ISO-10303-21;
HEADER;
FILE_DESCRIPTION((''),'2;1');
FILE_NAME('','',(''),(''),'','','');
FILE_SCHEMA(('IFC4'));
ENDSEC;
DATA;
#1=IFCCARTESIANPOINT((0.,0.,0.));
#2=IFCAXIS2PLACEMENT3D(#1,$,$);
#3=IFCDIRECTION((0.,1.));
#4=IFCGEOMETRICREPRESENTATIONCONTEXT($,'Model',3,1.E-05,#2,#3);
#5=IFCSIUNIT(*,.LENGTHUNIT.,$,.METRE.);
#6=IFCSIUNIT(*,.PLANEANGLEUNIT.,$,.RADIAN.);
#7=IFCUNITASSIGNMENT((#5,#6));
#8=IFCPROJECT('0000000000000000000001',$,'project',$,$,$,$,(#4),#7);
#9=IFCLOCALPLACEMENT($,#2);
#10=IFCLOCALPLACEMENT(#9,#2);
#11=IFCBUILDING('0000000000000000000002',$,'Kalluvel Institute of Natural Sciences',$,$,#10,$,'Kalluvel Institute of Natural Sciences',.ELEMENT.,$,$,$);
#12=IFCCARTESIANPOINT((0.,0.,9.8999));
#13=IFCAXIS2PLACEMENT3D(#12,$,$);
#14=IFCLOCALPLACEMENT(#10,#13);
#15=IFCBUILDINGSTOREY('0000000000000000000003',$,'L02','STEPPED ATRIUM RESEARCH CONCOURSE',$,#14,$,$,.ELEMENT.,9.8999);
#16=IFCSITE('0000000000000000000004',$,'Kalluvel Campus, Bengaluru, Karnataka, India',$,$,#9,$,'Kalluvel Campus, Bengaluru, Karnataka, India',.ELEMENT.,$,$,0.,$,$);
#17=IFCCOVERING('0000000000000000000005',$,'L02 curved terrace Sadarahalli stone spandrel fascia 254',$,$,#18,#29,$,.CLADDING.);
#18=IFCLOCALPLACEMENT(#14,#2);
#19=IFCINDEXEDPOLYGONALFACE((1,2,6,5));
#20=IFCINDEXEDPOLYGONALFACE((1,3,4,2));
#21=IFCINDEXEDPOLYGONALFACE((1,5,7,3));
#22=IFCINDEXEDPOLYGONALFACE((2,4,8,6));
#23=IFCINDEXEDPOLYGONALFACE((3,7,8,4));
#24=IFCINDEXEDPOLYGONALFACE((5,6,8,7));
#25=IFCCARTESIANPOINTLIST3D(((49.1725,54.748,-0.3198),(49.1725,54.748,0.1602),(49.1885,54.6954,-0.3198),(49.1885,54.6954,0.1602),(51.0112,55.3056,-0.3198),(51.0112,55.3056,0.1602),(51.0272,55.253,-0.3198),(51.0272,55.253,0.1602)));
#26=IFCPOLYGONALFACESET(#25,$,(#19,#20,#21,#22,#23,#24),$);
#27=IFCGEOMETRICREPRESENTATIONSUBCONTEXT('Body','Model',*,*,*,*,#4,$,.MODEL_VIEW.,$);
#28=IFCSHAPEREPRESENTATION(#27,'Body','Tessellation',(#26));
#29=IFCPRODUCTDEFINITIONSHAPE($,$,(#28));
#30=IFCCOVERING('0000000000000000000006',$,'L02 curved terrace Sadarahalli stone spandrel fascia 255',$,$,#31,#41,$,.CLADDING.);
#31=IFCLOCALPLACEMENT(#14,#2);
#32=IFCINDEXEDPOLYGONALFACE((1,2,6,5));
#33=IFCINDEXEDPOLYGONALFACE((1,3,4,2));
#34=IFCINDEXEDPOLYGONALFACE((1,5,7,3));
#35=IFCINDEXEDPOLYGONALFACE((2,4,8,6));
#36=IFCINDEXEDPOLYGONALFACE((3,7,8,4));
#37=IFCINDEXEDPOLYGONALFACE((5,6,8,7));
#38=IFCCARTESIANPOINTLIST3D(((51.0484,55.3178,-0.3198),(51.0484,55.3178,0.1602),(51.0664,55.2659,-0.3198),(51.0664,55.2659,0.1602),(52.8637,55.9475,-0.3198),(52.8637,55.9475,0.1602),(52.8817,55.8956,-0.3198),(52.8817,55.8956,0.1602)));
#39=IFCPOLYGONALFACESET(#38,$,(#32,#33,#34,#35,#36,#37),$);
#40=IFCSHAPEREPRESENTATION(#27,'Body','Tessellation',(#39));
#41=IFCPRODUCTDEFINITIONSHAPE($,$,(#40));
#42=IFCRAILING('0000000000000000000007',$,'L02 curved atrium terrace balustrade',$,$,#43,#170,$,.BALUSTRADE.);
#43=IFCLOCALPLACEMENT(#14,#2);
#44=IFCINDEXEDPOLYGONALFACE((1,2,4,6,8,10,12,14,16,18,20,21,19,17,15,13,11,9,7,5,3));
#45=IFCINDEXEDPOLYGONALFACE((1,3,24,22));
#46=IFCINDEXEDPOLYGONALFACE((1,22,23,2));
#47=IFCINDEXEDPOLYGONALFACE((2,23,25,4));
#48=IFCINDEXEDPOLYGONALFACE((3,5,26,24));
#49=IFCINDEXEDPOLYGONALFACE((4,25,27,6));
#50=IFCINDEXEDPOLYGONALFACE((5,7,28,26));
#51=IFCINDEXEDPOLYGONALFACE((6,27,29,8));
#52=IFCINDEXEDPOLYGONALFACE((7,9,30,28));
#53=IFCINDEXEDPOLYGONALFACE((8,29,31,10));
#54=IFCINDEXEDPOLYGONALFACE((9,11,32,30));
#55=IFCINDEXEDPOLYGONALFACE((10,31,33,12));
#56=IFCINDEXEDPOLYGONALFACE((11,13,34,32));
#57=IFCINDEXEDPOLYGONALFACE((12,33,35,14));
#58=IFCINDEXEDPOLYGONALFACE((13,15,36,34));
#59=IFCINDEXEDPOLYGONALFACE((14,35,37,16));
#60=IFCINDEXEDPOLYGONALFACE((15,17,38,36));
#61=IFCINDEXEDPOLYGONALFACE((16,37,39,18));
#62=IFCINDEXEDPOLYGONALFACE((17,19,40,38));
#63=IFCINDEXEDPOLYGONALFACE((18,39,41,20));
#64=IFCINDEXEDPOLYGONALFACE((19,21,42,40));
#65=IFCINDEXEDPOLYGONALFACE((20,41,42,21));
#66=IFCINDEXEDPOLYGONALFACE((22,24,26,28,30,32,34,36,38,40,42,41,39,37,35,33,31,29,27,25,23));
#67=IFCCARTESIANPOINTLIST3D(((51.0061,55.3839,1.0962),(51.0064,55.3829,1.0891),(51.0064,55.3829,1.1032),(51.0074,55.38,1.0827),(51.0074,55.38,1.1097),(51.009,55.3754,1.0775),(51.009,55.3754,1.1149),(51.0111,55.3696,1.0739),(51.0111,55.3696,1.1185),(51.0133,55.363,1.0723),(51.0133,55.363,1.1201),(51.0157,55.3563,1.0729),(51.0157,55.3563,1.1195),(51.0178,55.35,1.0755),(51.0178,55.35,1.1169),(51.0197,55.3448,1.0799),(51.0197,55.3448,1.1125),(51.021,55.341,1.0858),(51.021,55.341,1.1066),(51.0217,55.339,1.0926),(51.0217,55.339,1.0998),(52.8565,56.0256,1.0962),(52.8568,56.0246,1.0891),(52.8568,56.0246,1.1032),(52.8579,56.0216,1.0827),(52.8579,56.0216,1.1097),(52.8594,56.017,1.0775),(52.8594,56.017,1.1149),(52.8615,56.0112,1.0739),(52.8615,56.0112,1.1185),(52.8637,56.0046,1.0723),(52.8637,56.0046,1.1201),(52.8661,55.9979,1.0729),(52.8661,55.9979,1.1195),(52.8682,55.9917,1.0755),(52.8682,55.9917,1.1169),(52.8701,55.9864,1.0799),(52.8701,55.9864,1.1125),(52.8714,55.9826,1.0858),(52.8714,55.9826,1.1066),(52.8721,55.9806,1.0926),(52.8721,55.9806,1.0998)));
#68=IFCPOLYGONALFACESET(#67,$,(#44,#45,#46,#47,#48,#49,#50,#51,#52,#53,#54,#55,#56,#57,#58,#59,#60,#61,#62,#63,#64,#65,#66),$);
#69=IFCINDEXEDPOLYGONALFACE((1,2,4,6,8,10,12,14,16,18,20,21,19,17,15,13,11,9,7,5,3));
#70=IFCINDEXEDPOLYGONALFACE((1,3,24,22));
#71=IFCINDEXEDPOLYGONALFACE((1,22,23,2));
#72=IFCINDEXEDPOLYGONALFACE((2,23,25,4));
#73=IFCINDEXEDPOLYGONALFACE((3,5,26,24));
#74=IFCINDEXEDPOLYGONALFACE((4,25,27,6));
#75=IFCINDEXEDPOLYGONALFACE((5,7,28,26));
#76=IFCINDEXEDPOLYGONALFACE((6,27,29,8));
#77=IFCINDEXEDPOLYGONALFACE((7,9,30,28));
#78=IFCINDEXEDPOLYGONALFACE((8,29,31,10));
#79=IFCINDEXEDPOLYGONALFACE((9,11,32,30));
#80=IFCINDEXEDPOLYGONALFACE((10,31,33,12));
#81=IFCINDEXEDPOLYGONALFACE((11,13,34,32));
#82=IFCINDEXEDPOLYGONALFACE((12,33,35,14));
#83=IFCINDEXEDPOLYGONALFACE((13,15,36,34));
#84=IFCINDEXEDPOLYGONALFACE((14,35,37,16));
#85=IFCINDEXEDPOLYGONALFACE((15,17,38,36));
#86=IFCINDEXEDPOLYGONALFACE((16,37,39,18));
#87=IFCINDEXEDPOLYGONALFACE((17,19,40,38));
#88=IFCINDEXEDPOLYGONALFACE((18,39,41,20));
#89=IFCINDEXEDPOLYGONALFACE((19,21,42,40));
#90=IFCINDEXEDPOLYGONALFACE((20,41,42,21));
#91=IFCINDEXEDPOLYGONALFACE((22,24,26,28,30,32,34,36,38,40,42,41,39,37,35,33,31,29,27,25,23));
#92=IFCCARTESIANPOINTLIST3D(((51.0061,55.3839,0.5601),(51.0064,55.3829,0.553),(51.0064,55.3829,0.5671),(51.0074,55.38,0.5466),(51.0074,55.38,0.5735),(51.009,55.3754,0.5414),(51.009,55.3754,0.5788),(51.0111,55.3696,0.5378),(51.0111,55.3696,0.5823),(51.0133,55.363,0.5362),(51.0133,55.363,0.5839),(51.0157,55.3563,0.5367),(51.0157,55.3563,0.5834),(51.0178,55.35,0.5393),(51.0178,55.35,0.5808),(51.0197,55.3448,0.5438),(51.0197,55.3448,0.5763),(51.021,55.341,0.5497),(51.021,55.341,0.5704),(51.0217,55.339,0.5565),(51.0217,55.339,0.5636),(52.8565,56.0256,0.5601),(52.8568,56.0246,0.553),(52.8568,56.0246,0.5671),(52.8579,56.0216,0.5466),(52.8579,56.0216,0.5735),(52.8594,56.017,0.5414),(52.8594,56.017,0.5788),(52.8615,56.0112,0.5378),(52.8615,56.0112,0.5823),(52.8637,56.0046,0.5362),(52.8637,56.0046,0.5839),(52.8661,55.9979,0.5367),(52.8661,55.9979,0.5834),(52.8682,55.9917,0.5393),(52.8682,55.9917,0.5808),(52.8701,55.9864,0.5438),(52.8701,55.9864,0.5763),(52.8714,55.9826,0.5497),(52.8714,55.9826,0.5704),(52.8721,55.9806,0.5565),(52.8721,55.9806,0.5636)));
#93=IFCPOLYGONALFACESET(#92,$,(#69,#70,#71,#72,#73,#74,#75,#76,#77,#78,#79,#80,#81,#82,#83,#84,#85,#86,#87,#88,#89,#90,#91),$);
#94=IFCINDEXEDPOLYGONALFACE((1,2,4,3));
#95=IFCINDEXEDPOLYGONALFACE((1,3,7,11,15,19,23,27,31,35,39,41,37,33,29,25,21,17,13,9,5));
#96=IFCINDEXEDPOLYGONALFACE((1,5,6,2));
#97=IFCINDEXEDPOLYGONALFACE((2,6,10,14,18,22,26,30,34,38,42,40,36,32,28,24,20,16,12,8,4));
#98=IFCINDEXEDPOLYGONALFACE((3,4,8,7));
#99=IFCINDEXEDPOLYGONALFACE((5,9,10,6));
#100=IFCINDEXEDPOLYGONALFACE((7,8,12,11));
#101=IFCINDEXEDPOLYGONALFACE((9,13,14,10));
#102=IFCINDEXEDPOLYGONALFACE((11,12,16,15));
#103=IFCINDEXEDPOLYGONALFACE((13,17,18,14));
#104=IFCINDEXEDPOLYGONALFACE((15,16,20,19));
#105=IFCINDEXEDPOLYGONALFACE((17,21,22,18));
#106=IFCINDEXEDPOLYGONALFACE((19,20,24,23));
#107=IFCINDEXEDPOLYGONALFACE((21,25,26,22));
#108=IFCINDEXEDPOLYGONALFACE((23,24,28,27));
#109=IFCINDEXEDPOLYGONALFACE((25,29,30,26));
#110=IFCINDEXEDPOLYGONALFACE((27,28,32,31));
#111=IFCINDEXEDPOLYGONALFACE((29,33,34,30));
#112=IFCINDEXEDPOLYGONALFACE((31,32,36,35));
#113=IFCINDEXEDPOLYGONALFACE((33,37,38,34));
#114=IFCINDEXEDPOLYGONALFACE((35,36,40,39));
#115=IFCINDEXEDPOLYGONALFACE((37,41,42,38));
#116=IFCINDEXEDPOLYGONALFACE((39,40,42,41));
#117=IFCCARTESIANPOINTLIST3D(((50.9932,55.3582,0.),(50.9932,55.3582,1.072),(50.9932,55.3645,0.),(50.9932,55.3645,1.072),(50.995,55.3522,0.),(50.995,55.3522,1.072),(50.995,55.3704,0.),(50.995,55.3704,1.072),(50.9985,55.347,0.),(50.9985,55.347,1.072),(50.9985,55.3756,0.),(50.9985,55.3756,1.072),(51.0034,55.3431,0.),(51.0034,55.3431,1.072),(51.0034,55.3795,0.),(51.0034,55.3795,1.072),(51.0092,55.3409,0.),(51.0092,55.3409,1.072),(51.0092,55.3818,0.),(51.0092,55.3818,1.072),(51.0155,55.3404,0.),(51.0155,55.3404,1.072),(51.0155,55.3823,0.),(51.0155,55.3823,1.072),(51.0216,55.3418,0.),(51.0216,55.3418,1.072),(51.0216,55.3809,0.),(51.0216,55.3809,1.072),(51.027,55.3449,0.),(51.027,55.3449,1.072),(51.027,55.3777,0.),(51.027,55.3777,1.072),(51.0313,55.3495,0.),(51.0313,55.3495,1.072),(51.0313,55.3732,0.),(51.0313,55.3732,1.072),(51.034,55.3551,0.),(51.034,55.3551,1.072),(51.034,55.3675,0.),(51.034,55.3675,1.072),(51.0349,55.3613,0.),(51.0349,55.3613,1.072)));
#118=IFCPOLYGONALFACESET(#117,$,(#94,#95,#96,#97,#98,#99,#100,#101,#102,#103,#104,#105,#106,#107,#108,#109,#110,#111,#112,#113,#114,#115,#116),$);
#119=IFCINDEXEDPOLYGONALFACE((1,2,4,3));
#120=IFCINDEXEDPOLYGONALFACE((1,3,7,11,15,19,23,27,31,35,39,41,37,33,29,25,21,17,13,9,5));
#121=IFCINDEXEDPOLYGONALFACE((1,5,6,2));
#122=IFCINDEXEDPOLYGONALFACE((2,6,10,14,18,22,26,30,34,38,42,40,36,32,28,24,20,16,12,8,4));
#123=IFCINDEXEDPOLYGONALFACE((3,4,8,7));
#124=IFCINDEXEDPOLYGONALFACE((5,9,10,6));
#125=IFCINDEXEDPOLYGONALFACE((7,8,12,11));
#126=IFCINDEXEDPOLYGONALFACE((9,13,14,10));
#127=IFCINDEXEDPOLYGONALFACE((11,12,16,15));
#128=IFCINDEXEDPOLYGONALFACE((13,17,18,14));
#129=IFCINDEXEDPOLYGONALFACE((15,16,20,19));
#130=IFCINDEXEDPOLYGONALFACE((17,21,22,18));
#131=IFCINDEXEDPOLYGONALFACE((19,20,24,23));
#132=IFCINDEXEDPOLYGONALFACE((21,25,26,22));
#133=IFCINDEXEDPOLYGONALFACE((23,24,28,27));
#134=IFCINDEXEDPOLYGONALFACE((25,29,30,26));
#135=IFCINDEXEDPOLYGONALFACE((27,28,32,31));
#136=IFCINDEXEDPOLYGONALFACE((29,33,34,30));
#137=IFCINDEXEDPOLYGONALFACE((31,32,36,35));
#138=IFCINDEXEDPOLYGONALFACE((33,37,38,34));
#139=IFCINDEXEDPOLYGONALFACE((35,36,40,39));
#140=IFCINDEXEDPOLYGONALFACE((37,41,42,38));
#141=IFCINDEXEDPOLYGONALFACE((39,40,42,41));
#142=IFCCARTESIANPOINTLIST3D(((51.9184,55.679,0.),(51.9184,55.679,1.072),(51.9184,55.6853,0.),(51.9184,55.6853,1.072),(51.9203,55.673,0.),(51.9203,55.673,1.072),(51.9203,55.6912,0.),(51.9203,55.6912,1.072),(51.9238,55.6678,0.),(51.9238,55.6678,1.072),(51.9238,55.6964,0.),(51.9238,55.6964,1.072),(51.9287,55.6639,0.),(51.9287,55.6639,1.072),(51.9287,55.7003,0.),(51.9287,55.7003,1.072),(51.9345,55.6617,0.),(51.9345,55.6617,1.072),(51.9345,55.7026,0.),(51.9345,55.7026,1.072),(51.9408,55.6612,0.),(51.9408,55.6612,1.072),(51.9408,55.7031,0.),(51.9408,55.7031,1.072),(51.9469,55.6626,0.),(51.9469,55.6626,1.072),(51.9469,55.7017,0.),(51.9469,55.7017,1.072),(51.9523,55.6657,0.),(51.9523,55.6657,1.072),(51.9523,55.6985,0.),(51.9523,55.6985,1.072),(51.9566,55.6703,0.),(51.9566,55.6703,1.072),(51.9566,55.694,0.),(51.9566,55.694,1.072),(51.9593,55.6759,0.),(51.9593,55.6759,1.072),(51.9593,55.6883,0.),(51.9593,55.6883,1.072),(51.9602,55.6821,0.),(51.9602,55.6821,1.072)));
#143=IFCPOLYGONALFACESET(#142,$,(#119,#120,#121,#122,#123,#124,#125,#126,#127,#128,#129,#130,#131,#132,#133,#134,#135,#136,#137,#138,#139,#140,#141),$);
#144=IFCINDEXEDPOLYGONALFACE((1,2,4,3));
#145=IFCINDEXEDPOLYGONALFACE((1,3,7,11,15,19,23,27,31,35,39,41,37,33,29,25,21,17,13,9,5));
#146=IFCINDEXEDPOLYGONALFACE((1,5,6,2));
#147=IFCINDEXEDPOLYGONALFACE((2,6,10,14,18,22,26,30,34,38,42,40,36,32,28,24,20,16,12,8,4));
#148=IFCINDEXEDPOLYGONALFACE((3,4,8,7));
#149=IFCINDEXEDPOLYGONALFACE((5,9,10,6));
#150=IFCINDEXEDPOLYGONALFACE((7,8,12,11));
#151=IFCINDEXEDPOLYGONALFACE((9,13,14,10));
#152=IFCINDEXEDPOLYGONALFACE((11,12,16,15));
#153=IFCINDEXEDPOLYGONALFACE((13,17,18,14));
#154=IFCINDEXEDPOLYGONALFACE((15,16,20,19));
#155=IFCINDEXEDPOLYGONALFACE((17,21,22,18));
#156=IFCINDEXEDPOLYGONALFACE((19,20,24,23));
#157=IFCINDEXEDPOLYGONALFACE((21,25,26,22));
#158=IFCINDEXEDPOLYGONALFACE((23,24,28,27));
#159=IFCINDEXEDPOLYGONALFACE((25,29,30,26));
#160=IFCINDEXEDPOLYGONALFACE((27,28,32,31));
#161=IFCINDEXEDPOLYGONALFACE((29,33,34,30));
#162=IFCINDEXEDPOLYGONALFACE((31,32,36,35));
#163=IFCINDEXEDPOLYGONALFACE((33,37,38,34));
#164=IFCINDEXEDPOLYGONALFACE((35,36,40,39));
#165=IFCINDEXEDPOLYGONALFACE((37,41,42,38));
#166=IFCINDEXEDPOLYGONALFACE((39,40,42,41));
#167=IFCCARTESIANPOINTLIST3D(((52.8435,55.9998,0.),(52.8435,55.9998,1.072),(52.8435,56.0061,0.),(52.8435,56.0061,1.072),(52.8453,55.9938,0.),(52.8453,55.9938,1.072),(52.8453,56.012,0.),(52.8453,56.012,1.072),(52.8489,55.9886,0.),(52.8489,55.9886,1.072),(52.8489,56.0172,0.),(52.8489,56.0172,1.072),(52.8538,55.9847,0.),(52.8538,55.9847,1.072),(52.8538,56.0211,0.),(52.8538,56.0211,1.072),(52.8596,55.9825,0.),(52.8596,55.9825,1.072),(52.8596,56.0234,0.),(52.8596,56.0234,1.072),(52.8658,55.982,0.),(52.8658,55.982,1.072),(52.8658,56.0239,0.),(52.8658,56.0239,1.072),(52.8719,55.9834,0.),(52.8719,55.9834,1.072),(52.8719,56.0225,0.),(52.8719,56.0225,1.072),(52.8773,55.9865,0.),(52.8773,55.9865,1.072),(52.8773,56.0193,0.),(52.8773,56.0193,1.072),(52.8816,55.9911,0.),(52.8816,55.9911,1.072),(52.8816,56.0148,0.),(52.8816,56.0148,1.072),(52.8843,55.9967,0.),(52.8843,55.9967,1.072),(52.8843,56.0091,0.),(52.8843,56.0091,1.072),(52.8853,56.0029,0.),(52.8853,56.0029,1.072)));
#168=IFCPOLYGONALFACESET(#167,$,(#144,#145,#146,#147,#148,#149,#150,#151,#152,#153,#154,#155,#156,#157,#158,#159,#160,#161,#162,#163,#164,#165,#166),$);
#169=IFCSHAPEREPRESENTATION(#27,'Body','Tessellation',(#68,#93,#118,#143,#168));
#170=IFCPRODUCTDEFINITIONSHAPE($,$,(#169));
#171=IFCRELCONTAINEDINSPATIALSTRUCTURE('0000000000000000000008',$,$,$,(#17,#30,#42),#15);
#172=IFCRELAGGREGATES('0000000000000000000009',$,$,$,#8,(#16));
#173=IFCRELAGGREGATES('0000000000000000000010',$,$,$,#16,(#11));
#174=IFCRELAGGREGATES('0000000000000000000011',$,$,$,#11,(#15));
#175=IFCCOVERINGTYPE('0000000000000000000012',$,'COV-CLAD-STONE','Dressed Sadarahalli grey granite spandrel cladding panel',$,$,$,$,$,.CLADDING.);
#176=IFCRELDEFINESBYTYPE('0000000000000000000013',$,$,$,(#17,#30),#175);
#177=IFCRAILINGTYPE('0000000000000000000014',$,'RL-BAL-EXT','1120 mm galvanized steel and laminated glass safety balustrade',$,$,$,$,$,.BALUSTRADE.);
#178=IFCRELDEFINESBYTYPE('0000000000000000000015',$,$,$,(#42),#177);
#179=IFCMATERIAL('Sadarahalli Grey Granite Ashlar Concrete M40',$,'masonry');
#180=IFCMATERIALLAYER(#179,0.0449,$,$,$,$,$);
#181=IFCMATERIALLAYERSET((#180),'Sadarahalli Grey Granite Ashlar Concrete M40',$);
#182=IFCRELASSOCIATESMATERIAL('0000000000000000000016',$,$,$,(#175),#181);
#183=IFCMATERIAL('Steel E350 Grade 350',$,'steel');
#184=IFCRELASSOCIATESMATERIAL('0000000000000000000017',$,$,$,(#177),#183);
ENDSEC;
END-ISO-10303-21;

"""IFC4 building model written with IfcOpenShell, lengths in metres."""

from ifc_helpers import new_model, si_unit, direction, frame, origin, origin_2d, place, context, subcontext, project, spatial, rectangle, circle, extrude, material, layer, layer_set, type_object, element, save


model = new_model("IFC4")

# Units and contexts
model_context = context("Model", 3, precision=1e-05, world=origin(), true_north=direction((0.0, 1.0)))
body_context = subcontext(model_context, "Body", "Model", "MODEL_VIEW")
ifc_project = project(units=[si_unit("LENGTHUNIT", "METRE"), si_unit("PLANEANGLEUNIT", "RADIAN")], contexts=[model_context])

# Site, building, storey
site_placement = place(None, origin())
site = spatial("IfcSite", under=ifc_project, at=site_placement, Name="Kalluvel Campus, Bengaluru, Karnataka, India", LongName="Kalluvel Campus, Bengaluru, Karnataka, India", CompositionType="ELEMENT", RefElevation=0.0)
building_placement = place(site_placement, origin())
building = spatial("IfcBuilding", under=site, at=building_placement, Name="Kalluvel Institute of Natural Sciences", LongName="Kalluvel Institute of Natural Sciences", CompositionType="ELEMENT")
storey_placement = place(building_placement, frame((0.0, 0.0, 9.8999)))
storey = spatial("IfcBuildingStorey", under=building, at=storey_placement, Name="L02", Description="STEPPED ATRIUM RESEARCH CONCOURSE", CompositionType="ELEMENT", Elevation=9.8999)

# Coverings
ifc_material_1 = material(Name="Sadarahalli Grey Granite Ashlar Concrete M40", Category="masonry")
ifc_layer_1 = layer(ifc_material_1, 0.0449)
ifc_layer_set_1 = layer_set([ifc_layer_1], Name="Sadarahalli Grey Granite Ashlar Concrete M40")
covering_type = type_object("IfcCoveringType", Name="COV-CLAD-STONE", Description="Dressed Sadarahalli grey granite spandrel cladding panel", PredefinedType="CLADDING", material=ifc_layer_set_1)
for number, where, z_axis, x_axis, name in (
    (1, (50.0999, 55.0005, -0.3198), (0.0, 0.0, 1.0), (0.956966, 0.290201, 0.0), "L02 curved terrace Sadarahalli stone spandrel fascia 254"),
    (2, (51.9651, 55.6067, -0.3198), (0.0, 0.0, 1.0), (0.944777, 0.327713, 0.0), "L02 curved terrace Sadarahalli stone spandrel fascia 255"),
):
    element("IfcCovering", number, at=place(storey_placement, frame(where, z_axis=z_axis, x_axis=x_axis)), inside=storey, type_object=covering_type, Name=name, PredefinedType="CLADDING", context=body_context, shape_type="SweptSolid", body=[
        extrude(rectangle(XDim=1.9214, YDim=0.0549, at=origin_2d()), origin(), (0.0, 0.0, 1.0), 0.48),
    ])

# Railing
ifc_material_2 = material(Name="Steel E350 Grade 350", Category="steel")
railing_type = type_object("IfcRailingType", Name="RL-BAL-EXT", Description="1120 mm galvanized steel and laminated glass safety balustrade", PredefinedType="BALUSTRADE", material=ifc_material_2)
railing_placement = place(storey_placement, frame((51.0139, 55.3613, 0.0)))
element("IfcRailing", 3, at=railing_placement, inside=storey, type_object=railing_type, Name="L02 curved atrium terrace balustrade", PredefinedType="BALUSTRADE", context=body_context, shape_type="SweptSolid", body=[
    extrude(circle(Radius=0.0239, at=origin_2d()), frame((0.0, 0.0, 1.0962), z_axis=(0.944813, 0.327611, 0.0), x_axis=(-0.327611, 0.944813, 0.0)), (0.0, 0.0, 1.0), 1.9585),
    extrude(circle(Radius=0.0239, at=origin_2d()), frame((0.0, 0.0, 0.5601), z_axis=(0.944813, 0.327611, 0.0), x_axis=(-0.327611, 0.944813, 0.0)), (0.0, 0.0, 1.0), 1.9585),
    extrude(circle(Radius=0.021, at=origin_2d()), origin(), (0.0, 0.0, 1.0), 1.072),
    extrude(circle(Radius=0.021, at=origin_2d()), frame((0.9253, 0.3208, 0.0)), (0.0, 0.0, 1.0), 1.072),
    extrude(circle(Radius=0.021, at=origin_2d()), frame((1.8503, 0.6416, 0.0)), (0.0, 0.0, 1.0), 1.072),
])

save(model, "model.ifc")
